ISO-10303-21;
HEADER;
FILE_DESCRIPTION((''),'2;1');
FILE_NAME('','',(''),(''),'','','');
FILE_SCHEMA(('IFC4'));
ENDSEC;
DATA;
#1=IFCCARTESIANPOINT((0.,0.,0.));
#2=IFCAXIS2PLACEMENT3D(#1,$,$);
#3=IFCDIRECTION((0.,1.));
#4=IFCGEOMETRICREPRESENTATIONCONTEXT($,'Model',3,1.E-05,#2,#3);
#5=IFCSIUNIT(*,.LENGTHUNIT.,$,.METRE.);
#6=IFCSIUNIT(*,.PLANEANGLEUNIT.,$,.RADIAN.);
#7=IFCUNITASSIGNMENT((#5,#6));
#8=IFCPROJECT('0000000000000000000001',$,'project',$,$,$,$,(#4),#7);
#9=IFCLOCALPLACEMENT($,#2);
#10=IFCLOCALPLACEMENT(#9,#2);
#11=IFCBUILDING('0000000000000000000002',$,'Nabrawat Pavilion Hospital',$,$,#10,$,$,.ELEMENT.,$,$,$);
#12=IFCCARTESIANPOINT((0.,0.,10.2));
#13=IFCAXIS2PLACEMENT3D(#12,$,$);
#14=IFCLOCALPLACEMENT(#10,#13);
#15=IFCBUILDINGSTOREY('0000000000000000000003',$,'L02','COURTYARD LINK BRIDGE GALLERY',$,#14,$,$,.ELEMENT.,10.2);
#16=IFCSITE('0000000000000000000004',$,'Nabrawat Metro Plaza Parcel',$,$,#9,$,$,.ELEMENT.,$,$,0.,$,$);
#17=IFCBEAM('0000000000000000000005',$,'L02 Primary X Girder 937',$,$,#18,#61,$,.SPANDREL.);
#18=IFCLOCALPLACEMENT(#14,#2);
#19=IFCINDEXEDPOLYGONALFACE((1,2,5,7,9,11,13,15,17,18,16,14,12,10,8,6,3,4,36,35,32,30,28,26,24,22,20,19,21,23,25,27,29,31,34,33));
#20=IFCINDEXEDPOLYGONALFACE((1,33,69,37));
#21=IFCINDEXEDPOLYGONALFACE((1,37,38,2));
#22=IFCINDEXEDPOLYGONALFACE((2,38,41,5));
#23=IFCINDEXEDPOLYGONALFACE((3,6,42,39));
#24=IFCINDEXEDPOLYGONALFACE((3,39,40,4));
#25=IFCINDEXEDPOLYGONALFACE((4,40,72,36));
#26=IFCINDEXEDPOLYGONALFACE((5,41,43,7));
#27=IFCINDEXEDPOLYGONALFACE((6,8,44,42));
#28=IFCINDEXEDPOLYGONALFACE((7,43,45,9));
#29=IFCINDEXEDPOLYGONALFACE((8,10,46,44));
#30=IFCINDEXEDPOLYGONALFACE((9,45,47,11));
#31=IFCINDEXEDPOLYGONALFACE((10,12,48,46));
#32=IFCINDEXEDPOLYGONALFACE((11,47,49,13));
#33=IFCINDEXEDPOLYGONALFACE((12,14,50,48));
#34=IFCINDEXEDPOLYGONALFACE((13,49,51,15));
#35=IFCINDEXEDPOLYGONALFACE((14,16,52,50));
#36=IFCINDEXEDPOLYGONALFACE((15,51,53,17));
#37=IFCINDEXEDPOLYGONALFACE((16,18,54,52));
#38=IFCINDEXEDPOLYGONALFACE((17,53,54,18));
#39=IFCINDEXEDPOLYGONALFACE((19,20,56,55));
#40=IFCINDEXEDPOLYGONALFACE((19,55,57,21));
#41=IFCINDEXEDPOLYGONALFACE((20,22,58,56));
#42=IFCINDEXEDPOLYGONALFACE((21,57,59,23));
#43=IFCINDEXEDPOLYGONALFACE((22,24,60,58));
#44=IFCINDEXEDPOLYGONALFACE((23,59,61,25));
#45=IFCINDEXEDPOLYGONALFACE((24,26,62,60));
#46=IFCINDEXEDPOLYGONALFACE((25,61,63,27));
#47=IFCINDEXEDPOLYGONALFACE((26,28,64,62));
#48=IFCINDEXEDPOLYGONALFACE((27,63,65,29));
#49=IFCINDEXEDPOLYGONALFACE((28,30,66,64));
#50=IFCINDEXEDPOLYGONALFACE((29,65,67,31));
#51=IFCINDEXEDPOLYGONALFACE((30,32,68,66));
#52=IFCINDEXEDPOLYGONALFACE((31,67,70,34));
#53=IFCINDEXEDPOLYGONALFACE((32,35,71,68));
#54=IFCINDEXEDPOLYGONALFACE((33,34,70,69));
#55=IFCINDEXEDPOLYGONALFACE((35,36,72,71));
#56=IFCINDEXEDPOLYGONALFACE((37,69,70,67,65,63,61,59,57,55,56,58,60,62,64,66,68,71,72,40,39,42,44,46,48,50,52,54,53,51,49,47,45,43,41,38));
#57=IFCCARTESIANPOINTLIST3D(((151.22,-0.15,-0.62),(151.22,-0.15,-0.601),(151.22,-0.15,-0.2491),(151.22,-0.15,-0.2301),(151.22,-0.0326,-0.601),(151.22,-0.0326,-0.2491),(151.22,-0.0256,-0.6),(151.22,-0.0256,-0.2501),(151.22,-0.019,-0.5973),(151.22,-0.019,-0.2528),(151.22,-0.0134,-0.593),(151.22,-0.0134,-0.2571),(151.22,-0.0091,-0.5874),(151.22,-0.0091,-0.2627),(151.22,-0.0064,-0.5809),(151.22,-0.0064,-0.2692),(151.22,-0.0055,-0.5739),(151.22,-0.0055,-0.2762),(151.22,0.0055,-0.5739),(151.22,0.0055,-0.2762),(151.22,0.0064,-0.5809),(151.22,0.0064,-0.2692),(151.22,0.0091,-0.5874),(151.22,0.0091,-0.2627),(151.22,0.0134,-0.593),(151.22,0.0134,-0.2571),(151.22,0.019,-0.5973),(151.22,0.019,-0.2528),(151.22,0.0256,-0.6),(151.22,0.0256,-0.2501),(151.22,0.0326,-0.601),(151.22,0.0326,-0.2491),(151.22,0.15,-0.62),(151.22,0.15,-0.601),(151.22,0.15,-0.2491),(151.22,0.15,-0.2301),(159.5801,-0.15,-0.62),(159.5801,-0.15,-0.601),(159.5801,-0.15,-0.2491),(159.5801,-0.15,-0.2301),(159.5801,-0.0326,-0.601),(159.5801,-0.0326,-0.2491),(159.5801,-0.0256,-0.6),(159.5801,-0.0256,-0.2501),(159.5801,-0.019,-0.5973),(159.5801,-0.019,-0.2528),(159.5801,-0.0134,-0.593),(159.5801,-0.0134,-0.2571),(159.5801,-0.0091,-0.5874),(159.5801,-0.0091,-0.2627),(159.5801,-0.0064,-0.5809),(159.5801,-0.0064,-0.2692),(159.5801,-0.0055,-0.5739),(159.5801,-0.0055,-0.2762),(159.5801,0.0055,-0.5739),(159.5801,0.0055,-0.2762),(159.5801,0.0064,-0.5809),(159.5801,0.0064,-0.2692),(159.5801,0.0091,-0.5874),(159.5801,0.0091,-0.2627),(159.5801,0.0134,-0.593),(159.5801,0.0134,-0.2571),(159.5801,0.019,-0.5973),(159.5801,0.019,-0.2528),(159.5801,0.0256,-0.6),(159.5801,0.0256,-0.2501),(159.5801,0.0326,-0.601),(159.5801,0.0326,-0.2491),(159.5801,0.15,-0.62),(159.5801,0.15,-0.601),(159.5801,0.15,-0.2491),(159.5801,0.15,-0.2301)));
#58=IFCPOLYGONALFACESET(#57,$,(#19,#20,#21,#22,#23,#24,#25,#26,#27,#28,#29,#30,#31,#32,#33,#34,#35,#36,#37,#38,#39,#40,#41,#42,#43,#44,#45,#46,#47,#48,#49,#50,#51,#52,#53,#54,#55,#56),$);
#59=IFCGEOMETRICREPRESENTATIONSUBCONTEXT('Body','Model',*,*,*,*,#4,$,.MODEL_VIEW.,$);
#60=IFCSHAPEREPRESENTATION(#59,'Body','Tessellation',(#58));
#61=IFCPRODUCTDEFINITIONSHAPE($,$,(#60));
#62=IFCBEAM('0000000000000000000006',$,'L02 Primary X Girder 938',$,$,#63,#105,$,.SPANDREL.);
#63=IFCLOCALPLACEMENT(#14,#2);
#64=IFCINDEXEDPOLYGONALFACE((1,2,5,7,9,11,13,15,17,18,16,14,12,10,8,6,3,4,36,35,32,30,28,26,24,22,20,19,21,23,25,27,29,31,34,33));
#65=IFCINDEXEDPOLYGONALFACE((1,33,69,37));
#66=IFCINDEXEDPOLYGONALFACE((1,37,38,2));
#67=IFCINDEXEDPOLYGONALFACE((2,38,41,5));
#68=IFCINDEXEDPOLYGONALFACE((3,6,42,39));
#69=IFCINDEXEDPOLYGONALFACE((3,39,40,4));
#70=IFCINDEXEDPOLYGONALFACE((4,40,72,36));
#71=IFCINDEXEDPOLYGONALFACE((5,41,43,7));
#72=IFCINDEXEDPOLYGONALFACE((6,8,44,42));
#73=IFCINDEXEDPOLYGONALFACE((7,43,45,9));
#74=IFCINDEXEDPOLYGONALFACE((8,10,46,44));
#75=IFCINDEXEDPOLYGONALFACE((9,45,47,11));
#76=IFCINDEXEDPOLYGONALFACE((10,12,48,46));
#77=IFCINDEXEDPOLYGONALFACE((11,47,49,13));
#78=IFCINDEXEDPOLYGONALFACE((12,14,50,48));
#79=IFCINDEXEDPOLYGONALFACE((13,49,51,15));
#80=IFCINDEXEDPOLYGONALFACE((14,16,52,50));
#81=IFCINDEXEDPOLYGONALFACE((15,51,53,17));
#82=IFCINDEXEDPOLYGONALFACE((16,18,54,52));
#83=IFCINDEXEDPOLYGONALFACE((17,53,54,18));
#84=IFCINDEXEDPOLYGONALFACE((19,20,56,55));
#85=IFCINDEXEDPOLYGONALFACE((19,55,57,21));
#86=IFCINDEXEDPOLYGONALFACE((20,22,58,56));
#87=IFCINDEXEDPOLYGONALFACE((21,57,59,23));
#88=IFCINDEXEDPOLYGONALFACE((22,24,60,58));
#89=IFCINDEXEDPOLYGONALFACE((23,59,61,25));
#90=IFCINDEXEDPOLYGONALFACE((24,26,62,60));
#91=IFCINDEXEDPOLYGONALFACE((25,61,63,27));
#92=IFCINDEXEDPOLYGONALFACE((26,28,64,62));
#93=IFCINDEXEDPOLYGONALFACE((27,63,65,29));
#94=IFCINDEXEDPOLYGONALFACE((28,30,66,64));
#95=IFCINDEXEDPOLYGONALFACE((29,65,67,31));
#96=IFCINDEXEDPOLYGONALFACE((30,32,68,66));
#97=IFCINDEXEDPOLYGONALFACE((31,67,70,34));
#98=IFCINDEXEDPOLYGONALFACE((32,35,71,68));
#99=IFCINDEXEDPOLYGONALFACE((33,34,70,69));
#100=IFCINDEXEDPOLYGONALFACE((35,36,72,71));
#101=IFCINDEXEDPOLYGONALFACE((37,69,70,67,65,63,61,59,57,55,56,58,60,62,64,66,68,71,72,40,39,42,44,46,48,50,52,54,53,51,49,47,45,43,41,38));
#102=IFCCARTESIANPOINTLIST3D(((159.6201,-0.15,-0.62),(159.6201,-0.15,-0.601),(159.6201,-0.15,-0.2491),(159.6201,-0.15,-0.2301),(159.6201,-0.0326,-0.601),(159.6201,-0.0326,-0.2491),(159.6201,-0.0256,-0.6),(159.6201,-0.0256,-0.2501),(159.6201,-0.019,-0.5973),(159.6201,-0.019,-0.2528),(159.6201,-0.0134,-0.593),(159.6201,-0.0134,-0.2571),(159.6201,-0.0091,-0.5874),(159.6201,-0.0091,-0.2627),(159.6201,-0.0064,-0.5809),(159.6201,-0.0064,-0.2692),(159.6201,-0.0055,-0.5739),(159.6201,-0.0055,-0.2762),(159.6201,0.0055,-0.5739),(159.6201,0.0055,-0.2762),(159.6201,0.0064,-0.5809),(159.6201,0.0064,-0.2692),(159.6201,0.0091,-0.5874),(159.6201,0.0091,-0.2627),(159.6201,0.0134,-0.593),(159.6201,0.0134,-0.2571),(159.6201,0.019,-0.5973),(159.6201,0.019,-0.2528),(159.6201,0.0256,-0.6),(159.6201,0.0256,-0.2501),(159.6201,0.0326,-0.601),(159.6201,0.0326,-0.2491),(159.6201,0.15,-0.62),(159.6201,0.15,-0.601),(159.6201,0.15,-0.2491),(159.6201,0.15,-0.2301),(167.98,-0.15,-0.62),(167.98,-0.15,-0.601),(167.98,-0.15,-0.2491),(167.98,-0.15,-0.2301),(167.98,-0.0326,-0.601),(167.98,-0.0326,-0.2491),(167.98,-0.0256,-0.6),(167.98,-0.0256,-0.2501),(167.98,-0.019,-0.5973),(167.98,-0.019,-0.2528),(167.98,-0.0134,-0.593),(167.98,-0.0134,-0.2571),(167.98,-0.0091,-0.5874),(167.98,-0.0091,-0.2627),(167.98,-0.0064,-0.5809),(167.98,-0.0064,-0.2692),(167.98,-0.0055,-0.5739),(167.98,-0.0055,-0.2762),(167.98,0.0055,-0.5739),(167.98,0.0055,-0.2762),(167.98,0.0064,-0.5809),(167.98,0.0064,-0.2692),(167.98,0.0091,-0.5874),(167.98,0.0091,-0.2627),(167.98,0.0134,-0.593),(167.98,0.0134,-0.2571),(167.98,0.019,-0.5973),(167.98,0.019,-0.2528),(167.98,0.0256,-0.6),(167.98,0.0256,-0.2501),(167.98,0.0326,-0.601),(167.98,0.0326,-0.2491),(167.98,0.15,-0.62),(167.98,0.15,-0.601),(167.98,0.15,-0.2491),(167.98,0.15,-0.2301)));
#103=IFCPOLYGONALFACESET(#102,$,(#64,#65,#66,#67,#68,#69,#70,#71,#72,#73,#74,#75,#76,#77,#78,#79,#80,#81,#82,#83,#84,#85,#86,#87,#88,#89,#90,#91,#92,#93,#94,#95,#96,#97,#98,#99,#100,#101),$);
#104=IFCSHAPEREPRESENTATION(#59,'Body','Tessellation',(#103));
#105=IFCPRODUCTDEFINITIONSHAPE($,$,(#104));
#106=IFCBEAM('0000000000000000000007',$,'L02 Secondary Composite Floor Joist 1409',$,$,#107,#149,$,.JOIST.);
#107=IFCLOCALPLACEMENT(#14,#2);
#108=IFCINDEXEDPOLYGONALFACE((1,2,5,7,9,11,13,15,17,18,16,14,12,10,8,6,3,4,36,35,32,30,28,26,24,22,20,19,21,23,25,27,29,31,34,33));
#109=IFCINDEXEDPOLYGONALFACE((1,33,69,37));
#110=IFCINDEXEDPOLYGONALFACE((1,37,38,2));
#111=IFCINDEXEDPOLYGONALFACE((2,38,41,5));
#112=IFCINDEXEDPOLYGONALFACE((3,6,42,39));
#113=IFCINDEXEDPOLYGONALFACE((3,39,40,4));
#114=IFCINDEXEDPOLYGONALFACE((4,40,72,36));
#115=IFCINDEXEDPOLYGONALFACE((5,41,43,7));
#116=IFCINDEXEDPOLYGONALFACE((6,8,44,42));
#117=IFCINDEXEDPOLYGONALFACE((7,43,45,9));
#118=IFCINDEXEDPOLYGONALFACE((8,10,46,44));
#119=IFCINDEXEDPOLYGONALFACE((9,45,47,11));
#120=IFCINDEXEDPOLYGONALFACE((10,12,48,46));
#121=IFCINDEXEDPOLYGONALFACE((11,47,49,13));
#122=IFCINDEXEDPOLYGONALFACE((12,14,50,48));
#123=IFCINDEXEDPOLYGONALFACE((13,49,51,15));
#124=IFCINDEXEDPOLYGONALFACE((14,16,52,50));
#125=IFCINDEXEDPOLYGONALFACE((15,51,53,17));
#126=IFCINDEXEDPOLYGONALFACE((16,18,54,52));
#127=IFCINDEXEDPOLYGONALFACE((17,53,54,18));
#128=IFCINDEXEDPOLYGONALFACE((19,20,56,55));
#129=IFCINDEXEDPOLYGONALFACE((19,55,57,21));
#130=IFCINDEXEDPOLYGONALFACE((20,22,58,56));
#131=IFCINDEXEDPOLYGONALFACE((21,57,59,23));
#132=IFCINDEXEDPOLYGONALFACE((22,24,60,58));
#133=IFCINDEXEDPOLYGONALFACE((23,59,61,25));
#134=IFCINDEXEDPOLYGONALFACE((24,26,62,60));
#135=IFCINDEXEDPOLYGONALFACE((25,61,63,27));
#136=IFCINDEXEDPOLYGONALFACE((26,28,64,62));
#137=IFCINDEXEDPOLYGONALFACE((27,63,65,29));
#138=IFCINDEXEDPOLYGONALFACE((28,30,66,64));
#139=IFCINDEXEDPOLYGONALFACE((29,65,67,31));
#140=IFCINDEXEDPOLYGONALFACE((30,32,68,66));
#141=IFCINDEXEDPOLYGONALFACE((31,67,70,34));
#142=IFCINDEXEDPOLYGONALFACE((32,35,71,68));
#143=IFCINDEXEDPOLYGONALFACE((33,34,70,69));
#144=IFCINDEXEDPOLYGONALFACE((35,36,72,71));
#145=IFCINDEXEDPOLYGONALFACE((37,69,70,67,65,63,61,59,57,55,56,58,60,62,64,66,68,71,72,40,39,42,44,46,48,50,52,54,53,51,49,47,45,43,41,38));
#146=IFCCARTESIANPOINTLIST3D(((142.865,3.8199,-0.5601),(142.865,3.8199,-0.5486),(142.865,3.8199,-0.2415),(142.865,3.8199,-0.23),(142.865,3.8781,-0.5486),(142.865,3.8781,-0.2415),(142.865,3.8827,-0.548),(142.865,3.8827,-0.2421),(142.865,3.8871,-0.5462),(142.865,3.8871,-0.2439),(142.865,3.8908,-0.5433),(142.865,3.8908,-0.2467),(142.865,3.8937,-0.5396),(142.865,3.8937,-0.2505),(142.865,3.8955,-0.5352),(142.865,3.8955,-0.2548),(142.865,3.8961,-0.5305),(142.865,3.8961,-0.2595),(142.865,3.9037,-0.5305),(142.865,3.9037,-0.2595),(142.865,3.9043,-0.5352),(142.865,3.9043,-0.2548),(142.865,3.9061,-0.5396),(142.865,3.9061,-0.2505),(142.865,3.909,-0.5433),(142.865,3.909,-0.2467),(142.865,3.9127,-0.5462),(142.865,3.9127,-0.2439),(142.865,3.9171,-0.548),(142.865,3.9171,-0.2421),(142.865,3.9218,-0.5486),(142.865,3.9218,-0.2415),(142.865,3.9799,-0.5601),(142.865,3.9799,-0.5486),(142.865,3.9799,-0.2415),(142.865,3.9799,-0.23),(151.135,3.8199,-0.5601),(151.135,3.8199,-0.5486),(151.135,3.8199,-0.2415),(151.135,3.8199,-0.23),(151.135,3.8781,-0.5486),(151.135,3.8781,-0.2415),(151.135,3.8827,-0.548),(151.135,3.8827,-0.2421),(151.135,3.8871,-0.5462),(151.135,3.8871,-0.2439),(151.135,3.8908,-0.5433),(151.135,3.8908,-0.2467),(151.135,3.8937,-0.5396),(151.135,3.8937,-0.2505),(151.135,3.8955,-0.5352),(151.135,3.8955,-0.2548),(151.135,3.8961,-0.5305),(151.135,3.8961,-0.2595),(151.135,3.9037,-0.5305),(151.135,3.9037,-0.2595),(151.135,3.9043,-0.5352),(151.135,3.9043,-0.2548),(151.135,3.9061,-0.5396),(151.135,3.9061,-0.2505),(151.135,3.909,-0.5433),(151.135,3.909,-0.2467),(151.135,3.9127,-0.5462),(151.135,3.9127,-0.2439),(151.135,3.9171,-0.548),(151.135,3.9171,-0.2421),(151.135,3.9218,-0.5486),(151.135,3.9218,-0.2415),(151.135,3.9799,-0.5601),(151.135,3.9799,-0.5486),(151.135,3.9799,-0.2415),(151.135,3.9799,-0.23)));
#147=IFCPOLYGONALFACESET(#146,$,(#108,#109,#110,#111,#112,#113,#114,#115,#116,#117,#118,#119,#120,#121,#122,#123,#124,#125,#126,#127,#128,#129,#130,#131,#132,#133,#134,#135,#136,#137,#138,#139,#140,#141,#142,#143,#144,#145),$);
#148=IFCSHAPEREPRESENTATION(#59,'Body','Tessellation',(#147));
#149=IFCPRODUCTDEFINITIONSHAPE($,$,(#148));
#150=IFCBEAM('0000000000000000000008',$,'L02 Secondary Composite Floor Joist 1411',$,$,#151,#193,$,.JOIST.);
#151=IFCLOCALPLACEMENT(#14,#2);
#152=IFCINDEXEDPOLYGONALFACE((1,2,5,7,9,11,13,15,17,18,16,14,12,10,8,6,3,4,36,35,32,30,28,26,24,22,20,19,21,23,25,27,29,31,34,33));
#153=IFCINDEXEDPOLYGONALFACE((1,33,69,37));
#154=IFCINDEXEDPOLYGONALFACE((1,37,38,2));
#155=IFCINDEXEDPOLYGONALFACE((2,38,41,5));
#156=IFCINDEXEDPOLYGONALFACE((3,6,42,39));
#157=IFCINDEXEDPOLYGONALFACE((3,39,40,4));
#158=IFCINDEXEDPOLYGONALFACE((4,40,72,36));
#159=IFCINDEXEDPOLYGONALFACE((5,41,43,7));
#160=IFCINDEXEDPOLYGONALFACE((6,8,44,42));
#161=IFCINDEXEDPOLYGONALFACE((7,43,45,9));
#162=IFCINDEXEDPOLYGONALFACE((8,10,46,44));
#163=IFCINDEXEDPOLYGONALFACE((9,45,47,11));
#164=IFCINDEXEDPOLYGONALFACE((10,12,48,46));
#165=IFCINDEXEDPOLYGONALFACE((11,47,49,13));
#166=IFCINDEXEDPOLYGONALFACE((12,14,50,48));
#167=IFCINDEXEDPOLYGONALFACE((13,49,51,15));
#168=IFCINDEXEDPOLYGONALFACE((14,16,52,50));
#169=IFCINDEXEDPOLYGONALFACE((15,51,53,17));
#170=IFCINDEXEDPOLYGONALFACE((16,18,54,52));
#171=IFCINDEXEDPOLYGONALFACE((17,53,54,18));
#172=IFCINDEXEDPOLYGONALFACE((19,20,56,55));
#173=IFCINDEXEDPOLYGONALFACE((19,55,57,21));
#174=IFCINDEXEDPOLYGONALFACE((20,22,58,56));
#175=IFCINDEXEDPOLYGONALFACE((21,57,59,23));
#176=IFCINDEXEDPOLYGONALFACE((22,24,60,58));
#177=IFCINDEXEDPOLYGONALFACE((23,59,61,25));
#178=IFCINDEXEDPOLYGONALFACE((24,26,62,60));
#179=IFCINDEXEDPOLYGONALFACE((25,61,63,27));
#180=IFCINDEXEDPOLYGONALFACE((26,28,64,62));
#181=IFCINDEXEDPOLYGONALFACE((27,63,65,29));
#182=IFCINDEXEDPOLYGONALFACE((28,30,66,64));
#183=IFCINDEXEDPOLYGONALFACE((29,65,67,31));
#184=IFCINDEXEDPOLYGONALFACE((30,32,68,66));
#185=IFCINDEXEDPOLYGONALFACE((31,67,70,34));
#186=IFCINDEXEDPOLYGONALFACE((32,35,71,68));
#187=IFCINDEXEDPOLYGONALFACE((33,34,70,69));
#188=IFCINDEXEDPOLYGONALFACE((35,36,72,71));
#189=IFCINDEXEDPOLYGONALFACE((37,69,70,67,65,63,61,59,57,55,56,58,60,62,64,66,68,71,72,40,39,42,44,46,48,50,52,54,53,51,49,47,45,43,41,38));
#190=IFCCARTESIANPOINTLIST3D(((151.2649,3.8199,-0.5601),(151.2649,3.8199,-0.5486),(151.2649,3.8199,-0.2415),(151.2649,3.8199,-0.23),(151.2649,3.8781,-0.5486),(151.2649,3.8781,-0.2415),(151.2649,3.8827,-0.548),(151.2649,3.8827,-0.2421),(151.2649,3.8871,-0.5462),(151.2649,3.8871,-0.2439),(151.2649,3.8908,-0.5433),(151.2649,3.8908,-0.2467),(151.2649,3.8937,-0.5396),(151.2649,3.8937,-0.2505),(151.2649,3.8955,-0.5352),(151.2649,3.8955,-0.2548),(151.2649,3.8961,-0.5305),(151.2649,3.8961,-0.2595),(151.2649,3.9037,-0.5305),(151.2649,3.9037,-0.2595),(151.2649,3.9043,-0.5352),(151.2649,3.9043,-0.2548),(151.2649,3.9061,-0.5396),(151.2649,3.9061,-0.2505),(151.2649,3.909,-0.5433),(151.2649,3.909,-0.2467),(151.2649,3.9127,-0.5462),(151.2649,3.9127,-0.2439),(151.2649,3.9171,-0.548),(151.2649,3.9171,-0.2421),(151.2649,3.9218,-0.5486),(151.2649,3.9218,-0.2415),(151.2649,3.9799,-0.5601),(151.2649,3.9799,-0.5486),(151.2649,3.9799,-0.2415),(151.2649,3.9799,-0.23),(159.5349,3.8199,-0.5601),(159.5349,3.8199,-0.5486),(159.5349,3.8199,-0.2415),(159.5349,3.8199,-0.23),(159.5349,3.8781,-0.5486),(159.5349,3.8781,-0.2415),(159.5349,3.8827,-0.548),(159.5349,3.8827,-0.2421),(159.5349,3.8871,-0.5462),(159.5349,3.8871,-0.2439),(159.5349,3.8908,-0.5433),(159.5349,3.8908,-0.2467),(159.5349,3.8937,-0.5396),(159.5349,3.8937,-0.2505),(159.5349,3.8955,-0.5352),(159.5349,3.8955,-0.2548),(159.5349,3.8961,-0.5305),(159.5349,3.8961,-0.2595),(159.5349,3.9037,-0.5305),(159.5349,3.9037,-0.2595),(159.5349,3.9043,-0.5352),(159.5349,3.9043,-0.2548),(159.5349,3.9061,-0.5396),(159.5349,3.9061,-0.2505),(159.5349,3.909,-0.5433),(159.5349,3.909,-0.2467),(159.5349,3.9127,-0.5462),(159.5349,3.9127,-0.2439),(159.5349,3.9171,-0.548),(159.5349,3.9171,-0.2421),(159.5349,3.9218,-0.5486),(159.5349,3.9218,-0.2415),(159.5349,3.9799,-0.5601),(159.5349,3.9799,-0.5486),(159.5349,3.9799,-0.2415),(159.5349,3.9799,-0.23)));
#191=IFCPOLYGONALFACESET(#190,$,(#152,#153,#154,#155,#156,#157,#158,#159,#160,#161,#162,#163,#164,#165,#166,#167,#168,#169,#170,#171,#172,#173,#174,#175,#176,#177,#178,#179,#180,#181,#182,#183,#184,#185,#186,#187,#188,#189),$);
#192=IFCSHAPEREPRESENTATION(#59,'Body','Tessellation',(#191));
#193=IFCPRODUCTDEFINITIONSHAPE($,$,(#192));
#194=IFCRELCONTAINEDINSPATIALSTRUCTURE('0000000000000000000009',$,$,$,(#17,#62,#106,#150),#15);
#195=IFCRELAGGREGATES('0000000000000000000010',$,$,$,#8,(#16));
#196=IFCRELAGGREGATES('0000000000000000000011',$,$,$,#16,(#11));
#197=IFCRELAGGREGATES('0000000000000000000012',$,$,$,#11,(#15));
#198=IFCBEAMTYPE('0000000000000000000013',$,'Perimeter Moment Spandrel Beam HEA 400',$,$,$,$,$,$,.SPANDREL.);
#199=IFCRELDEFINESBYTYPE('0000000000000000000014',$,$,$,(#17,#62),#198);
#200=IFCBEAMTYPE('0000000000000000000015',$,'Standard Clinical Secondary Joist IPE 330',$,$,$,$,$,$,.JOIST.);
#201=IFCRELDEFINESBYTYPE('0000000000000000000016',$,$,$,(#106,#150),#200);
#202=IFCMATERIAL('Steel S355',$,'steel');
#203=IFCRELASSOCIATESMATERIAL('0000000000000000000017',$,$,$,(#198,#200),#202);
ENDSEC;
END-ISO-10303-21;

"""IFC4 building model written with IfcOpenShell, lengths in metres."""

from ifc_helpers import new_model, si_unit, direction, frame, origin, origin_2d, place, context, subcontext, project, spatial, i_section, extrude, material, material_profile, profile_set, type_object, element, save


model = new_model("IFC4")

# Units and contexts
model_context = context("Model", 3, precision=1e-05, world=origin(), true_north=direction((0.0, 1.0)))
body_context = subcontext(model_context, "Body", "Model", "MODEL_VIEW")
ifc_project = project(units=[si_unit("LENGTHUNIT", "METRE"), si_unit("PLANEANGLEUNIT", "RADIAN")], contexts=[model_context])

# Site, building, storey
site_placement = place(None, origin())
site = spatial("IfcSite", under=ifc_project, at=site_placement, Name="Nabrawat Metro Plaza Parcel", CompositionType="ELEMENT", RefElevation=0.0)
building_placement = place(site_placement, origin())
building = spatial("IfcBuilding", under=site, at=building_placement, Name="Nabrawat Pavilion Hospital", CompositionType="ELEMENT")
storey_placement = place(building_placement, frame((0.0, 0.0, 10.2)))
storey = spatial("IfcBuildingStorey", under=building, at=storey_placement, Name="L02", Description="COURTYARD LINK BRIDGE GALLERY", CompositionType="ELEMENT", Elevation=10.2)

# Shared definitions
ifc_material_1 = material(Name="Steel S355", Category="steel")

# Beams
ifc_material_profile_1 = material_profile(ifc_material_1, i_section(OverallWidth=0.3, OverallDepth=0.3899, WebThickness=0.011, FlangeThickness=0.019, FilletRadius=0.0271, at=origin_2d()), Name="HEA 400")
ifc_profile_set_1 = profile_set([ifc_material_profile_1], Name="Steel S355")
beam_type_1 = type_object("IfcBeamType", Name="Perimeter Moment Spandrel Beam HEA 400", PredefinedType="SPANDREL", material=ifc_profile_set_1)
beam_1_placement = place(storey_placement, frame((151.22, 0.0, -0.425), z_axis=(1.0, 0.0, 0.0), x_axis=(0.0, 1.0, 0.0)))
element("IfcBeam", 1, at=beam_1_placement, inside=storey, type_object=beam_type_1, Name="L02 Primary X Girder 937", PredefinedType="SPANDREL", context=body_context, shape_type="SweptSolid", body=[
    extrude(i_section(OverallWidth=0.3, OverallDepth=0.3899, WebThickness=0.011, FlangeThickness=0.019, FilletRadius=0.0271, at=origin_2d()), origin(), (0.0, 0.0, 1.0), 8.3601),
])
beam_2_placement = place(storey_placement, frame((159.6201, 0.0, -0.425), z_axis=(1.0, 0.0, 0.0), x_axis=(0.0, 1.0, 0.0)))
element("IfcBeam", 2, at=beam_2_placement, inside=storey, type_object=beam_type_1, Name="L02 Primary X Girder 938", PredefinedType="SPANDREL", context=body_context, shape_type="SweptSolid", body=[
    extrude(i_section(OverallWidth=0.3, OverallDepth=0.3899, WebThickness=0.011, FlangeThickness=0.019, FilletRadius=0.0271, at=origin_2d()), origin(), (0.0, 0.0, 1.0), 8.3599),
])
ifc_material_profile_2 = material_profile(ifc_material_1, i_section(OverallWidth=0.1599, OverallDepth=0.3301, WebThickness=0.0076, FlangeThickness=0.0115, FilletRadius=0.0181, at=origin_2d()), Name="IPE 330")
ifc_profile_set_2 = profile_set([ifc_material_profile_2], Name="Steel S355")
beam_type_2 = type_object("IfcBeamType", Name="Standard Clinical Secondary Joist IPE 330", PredefinedType="JOIST", material=ifc_profile_set_2)
for number, where, z_axis, x_axis, name in (
    (3, (142.865, 3.8999, -0.395), (1.0, 0.0, 0.0), (0.0, 1.0, 0.0), "L02 Secondary Composite Floor Joist 1409"),
    (4, (151.2649, 3.8999, -0.395), (1.0, 0.0, 0.0), (0.0, 1.0, 0.0), "L02 Secondary Composite Floor Joist 1411"),
):
    element("IfcBeam", number, at=place(storey_placement, frame(where, z_axis=z_axis, x_axis=x_axis)), inside=storey, type_object=beam_type_2, Name=name, PredefinedType="JOIST", context=body_context, shape_type="SweptSolid", body=[
        extrude(i_section(OverallWidth=0.1599, OverallDepth=0.3301, WebThickness=0.0076, FlangeThickness=0.0115, FilletRadius=0.0181, at=origin_2d()), origin(), (0.0, 0.0, 1.0), 8.27),
    ])

save(model, "model.ifc")
